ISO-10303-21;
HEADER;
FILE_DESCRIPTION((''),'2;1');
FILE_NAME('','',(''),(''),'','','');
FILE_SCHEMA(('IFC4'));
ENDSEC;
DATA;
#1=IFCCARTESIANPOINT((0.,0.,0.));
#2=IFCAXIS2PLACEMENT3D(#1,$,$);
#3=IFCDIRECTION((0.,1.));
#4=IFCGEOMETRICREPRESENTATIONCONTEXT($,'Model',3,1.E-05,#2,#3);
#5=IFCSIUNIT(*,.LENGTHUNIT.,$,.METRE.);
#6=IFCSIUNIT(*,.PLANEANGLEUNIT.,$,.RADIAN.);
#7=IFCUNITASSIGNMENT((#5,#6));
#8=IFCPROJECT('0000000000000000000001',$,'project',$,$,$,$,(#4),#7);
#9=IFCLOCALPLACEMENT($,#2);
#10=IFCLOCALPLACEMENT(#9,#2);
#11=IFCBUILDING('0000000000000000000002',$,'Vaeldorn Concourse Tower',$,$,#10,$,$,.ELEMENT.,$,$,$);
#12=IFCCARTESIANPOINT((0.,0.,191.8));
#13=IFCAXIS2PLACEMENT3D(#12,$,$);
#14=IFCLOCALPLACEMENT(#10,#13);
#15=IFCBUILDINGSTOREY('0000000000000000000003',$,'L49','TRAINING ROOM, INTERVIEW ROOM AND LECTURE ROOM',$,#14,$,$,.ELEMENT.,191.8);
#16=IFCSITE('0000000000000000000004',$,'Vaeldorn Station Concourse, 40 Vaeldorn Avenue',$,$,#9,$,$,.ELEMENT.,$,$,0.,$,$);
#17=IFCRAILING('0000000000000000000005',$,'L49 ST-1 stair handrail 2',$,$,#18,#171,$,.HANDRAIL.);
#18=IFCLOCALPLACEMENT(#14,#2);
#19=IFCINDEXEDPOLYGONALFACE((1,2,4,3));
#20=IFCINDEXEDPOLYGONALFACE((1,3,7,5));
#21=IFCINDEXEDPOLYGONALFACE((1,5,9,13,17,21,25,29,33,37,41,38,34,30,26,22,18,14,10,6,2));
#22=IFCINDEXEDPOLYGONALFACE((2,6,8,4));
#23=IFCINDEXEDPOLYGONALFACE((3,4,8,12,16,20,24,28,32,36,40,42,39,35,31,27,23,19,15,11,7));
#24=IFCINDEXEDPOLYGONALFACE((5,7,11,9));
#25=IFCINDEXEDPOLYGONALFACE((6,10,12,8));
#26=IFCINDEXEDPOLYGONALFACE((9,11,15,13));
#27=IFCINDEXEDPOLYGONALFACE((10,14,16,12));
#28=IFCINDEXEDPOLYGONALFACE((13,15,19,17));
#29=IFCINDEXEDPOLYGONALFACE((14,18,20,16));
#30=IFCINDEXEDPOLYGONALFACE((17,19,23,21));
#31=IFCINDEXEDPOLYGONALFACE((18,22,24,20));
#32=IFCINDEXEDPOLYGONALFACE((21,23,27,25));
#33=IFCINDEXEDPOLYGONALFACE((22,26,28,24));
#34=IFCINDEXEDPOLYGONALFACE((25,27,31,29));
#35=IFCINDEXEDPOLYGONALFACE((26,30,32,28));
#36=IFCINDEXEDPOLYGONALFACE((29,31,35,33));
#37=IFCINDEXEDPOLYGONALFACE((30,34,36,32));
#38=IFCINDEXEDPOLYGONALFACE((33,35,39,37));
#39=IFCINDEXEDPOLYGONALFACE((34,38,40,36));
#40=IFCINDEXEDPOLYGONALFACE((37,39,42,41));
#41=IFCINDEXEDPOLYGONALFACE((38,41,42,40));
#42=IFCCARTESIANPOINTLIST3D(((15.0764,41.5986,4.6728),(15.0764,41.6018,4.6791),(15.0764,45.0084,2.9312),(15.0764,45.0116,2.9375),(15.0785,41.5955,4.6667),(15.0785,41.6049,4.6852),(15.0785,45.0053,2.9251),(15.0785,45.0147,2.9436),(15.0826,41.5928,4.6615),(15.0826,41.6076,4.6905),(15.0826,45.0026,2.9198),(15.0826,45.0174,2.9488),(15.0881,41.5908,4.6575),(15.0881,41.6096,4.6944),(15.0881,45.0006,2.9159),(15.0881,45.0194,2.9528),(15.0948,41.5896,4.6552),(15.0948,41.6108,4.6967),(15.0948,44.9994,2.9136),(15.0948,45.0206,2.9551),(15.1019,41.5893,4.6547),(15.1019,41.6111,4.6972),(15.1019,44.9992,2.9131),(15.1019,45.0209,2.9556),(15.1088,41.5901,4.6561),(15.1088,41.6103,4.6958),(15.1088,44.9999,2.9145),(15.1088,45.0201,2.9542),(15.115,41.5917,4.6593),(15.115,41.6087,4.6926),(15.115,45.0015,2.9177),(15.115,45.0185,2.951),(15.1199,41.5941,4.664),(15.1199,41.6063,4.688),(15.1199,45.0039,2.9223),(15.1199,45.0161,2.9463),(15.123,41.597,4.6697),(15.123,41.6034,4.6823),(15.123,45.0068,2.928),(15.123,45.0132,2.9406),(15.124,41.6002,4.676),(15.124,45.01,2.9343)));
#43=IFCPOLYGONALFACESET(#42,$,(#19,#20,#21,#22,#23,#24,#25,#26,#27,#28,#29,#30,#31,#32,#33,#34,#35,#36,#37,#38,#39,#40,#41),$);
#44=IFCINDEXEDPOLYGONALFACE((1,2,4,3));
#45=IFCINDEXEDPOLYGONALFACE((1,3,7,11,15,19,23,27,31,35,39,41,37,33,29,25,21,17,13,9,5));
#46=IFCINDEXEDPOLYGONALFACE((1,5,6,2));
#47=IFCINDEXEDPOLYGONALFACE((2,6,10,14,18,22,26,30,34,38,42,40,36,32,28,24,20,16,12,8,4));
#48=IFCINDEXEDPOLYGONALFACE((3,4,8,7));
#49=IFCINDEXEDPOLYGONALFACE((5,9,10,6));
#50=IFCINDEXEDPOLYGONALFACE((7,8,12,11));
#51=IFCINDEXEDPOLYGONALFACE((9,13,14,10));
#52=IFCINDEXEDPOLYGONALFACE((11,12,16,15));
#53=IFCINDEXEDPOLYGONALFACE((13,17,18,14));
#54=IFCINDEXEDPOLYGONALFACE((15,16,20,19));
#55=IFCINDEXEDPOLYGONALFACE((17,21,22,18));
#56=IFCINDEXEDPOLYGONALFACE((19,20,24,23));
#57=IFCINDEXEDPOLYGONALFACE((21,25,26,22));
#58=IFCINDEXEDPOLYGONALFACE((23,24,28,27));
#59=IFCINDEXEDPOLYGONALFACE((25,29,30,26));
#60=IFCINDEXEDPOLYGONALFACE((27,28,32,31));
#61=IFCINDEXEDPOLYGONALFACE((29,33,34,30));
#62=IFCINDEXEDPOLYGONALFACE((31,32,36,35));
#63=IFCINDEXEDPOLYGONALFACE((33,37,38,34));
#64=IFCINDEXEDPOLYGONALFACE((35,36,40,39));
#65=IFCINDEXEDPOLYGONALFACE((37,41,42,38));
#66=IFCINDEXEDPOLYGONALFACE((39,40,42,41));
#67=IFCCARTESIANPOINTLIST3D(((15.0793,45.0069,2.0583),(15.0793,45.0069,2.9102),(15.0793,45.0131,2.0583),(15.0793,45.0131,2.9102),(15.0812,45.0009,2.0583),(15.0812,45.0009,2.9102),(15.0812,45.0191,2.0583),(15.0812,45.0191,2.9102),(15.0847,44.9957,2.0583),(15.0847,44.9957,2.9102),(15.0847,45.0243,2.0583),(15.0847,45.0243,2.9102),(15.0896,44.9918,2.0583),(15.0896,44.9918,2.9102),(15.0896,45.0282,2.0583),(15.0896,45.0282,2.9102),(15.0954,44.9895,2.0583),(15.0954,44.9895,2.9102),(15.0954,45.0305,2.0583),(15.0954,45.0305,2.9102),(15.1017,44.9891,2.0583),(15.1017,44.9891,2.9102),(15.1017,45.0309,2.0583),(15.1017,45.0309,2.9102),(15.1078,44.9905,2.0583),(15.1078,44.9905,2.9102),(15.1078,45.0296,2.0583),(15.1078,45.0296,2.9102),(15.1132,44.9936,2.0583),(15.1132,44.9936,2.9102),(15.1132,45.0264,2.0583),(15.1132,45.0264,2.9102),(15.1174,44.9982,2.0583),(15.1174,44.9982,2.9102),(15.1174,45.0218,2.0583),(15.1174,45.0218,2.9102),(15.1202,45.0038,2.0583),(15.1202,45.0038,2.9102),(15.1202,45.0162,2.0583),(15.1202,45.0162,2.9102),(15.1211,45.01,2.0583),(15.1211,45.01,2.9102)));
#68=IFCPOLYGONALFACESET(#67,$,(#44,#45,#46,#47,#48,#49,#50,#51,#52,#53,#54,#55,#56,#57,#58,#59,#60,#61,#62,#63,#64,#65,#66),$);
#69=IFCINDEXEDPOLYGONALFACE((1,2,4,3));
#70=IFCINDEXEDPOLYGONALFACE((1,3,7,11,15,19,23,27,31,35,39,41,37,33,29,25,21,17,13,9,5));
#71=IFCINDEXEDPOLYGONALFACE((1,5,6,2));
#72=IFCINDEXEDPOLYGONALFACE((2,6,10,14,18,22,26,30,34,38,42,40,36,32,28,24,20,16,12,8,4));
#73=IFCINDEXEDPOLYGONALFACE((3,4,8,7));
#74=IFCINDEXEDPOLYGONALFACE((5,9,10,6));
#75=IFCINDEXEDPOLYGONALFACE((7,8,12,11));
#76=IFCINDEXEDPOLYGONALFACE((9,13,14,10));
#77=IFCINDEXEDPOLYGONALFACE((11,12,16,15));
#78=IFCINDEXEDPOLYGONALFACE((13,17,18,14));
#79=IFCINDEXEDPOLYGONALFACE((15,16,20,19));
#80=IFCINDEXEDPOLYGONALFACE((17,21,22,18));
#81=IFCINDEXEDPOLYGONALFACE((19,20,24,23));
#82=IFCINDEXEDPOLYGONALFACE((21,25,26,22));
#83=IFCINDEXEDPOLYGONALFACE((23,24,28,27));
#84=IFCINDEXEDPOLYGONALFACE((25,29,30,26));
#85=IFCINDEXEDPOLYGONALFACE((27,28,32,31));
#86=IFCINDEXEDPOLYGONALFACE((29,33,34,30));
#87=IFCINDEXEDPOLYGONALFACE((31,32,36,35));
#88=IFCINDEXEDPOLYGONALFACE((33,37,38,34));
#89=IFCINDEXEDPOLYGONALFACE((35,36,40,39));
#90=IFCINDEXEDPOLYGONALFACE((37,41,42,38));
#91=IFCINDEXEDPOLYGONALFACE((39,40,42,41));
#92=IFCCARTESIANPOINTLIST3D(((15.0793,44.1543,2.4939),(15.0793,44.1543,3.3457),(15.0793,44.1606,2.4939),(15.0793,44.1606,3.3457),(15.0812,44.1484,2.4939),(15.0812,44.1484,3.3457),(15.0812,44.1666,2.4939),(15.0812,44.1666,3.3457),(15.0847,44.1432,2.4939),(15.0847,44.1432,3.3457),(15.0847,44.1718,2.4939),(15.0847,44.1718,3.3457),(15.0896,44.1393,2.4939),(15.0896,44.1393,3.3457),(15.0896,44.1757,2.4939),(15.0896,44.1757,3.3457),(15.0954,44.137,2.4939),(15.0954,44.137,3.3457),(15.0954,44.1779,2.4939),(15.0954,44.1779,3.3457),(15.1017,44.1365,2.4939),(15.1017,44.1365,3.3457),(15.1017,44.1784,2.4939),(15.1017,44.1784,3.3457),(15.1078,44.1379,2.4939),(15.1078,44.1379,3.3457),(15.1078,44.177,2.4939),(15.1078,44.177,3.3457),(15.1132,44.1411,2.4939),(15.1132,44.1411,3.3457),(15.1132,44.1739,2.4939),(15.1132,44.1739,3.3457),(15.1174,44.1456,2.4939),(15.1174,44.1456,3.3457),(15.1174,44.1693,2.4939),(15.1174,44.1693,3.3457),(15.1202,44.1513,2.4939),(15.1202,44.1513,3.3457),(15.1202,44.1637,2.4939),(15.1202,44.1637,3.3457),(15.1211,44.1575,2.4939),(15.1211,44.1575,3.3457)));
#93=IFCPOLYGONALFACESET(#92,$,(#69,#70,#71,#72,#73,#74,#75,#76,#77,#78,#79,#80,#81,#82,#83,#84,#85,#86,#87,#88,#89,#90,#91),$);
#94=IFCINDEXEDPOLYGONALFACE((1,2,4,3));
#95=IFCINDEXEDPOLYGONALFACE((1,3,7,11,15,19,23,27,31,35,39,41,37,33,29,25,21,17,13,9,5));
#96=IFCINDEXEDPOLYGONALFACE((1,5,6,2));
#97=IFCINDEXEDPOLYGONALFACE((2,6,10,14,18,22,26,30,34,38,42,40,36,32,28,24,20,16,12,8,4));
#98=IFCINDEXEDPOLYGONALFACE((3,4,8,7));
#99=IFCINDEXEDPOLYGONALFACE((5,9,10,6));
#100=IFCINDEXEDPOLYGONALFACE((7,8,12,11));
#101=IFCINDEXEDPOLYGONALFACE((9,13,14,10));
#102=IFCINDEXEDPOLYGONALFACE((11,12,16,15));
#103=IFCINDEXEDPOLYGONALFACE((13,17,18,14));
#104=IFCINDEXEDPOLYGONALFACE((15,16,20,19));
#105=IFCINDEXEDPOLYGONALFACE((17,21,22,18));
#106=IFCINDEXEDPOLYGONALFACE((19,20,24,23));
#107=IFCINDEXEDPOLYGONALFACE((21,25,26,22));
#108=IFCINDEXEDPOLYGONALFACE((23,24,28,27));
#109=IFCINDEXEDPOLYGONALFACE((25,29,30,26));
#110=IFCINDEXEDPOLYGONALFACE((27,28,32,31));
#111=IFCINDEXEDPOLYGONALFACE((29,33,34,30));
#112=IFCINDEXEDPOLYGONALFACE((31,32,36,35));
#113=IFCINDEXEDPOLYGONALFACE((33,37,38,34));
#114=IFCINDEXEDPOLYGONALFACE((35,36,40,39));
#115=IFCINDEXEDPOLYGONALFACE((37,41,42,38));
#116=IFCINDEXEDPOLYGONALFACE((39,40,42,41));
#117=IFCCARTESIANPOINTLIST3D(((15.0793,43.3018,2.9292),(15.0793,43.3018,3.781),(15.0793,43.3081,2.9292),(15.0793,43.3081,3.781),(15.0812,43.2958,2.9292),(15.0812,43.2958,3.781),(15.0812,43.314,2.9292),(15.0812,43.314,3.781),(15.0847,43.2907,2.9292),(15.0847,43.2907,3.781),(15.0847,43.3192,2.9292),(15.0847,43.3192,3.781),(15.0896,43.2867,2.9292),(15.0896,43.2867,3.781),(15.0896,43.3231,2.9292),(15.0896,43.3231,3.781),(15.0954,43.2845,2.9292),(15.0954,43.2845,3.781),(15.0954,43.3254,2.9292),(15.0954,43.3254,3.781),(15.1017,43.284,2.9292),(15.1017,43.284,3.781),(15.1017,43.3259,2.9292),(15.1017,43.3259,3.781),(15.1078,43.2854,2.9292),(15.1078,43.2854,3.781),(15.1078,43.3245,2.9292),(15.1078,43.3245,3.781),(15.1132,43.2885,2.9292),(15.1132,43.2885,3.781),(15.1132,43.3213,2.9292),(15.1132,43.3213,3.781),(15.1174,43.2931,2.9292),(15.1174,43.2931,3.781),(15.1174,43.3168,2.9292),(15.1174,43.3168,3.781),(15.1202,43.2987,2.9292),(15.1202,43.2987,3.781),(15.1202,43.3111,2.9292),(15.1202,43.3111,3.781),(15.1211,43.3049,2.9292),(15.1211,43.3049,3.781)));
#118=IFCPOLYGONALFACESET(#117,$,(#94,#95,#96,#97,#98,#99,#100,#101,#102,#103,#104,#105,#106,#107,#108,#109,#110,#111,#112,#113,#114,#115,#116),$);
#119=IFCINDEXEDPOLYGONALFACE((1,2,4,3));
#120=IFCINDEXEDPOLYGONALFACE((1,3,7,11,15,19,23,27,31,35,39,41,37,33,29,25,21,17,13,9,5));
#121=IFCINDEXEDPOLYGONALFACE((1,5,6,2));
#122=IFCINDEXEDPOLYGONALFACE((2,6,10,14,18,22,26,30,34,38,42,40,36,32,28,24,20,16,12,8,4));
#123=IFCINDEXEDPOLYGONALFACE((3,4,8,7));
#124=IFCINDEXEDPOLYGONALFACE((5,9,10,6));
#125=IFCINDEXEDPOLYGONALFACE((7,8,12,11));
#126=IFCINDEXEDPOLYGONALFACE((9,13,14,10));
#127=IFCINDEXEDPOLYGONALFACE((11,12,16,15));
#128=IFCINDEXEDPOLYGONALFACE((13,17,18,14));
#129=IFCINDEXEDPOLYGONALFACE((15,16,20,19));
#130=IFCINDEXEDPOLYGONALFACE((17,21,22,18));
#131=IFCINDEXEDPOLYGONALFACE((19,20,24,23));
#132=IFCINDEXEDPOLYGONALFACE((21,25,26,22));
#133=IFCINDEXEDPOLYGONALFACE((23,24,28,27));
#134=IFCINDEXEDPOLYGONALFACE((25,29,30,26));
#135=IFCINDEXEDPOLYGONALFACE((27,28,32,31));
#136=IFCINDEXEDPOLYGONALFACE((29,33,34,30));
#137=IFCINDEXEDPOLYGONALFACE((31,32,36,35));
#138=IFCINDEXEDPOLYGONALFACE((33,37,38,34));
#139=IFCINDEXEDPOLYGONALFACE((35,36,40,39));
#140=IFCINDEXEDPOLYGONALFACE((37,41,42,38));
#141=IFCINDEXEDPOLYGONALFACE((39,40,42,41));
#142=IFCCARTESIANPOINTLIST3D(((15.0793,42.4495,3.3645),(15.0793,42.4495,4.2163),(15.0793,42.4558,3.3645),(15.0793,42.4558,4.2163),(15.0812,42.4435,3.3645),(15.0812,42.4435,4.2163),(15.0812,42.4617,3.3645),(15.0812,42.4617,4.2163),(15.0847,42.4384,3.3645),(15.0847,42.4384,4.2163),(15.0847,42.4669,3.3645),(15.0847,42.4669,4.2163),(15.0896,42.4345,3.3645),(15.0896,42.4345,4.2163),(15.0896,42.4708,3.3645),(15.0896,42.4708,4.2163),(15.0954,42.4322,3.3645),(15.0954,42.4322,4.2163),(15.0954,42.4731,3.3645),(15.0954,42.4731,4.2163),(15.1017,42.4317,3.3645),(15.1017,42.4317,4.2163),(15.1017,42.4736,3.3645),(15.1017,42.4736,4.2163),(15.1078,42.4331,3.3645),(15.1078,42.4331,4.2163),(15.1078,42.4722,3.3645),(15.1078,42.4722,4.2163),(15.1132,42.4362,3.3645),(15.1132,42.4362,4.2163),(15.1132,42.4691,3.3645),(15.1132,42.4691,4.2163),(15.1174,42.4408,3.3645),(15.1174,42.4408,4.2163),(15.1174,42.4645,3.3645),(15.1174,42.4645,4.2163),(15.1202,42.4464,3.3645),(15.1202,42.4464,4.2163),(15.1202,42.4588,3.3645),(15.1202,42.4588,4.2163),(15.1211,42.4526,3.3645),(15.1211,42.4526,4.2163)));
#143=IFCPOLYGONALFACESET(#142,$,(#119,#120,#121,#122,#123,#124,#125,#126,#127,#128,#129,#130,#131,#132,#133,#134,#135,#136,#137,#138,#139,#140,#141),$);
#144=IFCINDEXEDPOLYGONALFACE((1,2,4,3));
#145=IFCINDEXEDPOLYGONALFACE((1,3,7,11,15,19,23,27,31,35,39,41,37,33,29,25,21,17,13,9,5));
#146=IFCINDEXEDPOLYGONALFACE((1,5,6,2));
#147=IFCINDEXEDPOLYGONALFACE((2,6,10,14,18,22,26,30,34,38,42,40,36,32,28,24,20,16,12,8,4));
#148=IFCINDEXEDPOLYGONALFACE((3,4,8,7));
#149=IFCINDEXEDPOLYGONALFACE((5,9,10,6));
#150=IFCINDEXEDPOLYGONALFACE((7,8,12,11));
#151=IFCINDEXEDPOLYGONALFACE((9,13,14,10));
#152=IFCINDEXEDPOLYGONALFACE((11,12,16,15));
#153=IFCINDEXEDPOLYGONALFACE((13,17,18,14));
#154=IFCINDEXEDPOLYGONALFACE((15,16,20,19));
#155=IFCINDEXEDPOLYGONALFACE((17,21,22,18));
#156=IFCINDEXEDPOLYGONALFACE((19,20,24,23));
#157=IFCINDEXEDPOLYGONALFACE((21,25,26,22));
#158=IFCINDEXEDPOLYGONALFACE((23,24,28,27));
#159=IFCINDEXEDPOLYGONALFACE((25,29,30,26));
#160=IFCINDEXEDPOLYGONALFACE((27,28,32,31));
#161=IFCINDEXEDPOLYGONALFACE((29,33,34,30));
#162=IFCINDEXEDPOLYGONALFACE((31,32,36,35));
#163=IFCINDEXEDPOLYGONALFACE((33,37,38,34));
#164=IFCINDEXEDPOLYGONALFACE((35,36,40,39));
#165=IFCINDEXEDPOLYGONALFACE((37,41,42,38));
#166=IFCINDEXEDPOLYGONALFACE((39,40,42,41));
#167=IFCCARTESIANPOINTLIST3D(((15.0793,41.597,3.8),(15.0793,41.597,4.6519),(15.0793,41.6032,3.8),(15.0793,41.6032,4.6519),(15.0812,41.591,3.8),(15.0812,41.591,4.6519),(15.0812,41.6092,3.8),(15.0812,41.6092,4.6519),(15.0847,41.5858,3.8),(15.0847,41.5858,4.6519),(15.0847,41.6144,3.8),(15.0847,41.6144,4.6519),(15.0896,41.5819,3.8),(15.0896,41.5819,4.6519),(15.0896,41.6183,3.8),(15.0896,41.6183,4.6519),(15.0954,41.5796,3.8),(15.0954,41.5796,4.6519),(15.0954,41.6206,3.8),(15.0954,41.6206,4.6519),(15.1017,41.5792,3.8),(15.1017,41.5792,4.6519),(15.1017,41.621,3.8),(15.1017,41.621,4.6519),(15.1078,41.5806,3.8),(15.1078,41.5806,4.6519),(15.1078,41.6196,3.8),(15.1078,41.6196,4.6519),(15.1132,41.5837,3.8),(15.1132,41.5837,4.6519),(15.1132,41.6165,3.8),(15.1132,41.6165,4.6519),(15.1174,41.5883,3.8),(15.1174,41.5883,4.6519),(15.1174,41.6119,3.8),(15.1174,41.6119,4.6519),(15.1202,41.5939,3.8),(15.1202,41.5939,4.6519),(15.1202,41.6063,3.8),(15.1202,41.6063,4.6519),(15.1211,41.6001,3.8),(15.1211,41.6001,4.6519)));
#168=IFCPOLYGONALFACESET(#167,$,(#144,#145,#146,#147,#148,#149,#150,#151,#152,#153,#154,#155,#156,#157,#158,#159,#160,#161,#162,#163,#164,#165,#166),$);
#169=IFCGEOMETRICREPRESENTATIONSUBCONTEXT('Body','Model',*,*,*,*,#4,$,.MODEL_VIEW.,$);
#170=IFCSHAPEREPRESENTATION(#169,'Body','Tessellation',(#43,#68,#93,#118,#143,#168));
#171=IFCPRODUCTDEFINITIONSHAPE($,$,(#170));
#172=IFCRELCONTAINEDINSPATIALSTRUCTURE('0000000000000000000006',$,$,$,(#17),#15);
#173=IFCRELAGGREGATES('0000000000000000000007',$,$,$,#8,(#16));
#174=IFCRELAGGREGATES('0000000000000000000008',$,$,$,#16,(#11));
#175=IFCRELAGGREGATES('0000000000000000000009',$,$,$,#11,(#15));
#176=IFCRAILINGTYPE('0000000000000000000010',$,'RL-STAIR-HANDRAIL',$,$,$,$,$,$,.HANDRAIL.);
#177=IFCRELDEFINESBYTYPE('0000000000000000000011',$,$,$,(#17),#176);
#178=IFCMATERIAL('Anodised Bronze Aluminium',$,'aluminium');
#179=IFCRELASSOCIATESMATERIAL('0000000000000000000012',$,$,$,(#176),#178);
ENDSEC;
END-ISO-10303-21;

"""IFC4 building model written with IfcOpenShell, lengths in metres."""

from ifc_helpers import new_model, si_unit, direction, frame, origin, origin_2d, place, context, subcontext, project, spatial, circle, extrude, material, type_object, element, save


model = new_model("IFC4")

# Units and contexts
model_context = context("Model", 3, precision=1e-05, world=origin(), true_north=direction((0.0, 1.0)))
body_context = subcontext(model_context, "Body", "Model", "MODEL_VIEW")
ifc_project = project(units=[si_unit("LENGTHUNIT", "METRE"), si_unit("PLANEANGLEUNIT", "RADIAN")], contexts=[model_context])

# Site, building, storey
site_placement = place(None, origin())
site = spatial("IfcSite", under=ifc_project, at=site_placement, Name="Vaeldorn Station Concourse, 40 Vaeldorn Avenue", CompositionType="ELEMENT", RefElevation=0.0)
building_placement = place(site_placement, origin())
building = spatial("IfcBuilding", under=site, at=building_placement, Name="Vaeldorn Concourse Tower", CompositionType="ELEMENT")
storey_placement = place(building_placement, frame((0.0, 0.0, 191.8)))
storey = spatial("IfcBuildingStorey", under=building, at=storey_placement, Name="L49", Description="TRAINING ROOM, INTERVIEW ROOM AND LECTURE ROOM", CompositionType="ELEMENT", Elevation=191.8)

# Shared definitions
ifc_material_1 = material(Name="Anodised Bronze Aluminium", Category="aluminium")

# Railing
railing_type_1 = type_object("IfcRailingType", Name="RL-STAIR-HANDRAIL", PredefinedType="HANDRAIL", material=ifc_material_1)
railing_1_placement = place(storey_placement, frame((15.1001, 45.01, 2.0583)))
element("IfcRailing", 1, at=railing_1_placement, inside=storey, type_object=railing_type_1, Name="L49 ST-1 stair handrail 2", PredefinedType="HANDRAIL", context=body_context, shape_type="SweptSolid", body=[
    extrude(circle(Radius=0.0239, at=origin_2d()), frame((0.0, 0.0, 0.876), z_axis=(0.0, -0.890556, 0.454874), x_axis=(1.0, 0.0, 0.0)), (0.0, 0.0, 1.0), 3.8289),
    extrude(circle(Radius=0.021, at=origin_2d()), origin(), (0.0, 0.0, 1.0), 0.8518),
    extrude(circle(Radius=0.021, at=origin_2d()), frame((0.0, -0.8525, 0.4355)), (0.0, 0.0, 1.0), 0.8518),
    extrude(circle(Radius=0.021, at=origin_2d()), frame((0.0, -1.7051, 0.8708)), (0.0, 0.0, 1.0), 0.8518),
    extrude(circle(Radius=0.021, at=origin_2d()), frame((0.0, -2.5574, 1.3062)), (0.0, 0.0, 1.0), 0.8518),
    extrude(circle(Radius=0.021, at=origin_2d()), frame((0.0, -3.4099, 1.7417)), (0.0, 0.0, 1.0), 0.8518),
])

save(model, "model.ifc")
